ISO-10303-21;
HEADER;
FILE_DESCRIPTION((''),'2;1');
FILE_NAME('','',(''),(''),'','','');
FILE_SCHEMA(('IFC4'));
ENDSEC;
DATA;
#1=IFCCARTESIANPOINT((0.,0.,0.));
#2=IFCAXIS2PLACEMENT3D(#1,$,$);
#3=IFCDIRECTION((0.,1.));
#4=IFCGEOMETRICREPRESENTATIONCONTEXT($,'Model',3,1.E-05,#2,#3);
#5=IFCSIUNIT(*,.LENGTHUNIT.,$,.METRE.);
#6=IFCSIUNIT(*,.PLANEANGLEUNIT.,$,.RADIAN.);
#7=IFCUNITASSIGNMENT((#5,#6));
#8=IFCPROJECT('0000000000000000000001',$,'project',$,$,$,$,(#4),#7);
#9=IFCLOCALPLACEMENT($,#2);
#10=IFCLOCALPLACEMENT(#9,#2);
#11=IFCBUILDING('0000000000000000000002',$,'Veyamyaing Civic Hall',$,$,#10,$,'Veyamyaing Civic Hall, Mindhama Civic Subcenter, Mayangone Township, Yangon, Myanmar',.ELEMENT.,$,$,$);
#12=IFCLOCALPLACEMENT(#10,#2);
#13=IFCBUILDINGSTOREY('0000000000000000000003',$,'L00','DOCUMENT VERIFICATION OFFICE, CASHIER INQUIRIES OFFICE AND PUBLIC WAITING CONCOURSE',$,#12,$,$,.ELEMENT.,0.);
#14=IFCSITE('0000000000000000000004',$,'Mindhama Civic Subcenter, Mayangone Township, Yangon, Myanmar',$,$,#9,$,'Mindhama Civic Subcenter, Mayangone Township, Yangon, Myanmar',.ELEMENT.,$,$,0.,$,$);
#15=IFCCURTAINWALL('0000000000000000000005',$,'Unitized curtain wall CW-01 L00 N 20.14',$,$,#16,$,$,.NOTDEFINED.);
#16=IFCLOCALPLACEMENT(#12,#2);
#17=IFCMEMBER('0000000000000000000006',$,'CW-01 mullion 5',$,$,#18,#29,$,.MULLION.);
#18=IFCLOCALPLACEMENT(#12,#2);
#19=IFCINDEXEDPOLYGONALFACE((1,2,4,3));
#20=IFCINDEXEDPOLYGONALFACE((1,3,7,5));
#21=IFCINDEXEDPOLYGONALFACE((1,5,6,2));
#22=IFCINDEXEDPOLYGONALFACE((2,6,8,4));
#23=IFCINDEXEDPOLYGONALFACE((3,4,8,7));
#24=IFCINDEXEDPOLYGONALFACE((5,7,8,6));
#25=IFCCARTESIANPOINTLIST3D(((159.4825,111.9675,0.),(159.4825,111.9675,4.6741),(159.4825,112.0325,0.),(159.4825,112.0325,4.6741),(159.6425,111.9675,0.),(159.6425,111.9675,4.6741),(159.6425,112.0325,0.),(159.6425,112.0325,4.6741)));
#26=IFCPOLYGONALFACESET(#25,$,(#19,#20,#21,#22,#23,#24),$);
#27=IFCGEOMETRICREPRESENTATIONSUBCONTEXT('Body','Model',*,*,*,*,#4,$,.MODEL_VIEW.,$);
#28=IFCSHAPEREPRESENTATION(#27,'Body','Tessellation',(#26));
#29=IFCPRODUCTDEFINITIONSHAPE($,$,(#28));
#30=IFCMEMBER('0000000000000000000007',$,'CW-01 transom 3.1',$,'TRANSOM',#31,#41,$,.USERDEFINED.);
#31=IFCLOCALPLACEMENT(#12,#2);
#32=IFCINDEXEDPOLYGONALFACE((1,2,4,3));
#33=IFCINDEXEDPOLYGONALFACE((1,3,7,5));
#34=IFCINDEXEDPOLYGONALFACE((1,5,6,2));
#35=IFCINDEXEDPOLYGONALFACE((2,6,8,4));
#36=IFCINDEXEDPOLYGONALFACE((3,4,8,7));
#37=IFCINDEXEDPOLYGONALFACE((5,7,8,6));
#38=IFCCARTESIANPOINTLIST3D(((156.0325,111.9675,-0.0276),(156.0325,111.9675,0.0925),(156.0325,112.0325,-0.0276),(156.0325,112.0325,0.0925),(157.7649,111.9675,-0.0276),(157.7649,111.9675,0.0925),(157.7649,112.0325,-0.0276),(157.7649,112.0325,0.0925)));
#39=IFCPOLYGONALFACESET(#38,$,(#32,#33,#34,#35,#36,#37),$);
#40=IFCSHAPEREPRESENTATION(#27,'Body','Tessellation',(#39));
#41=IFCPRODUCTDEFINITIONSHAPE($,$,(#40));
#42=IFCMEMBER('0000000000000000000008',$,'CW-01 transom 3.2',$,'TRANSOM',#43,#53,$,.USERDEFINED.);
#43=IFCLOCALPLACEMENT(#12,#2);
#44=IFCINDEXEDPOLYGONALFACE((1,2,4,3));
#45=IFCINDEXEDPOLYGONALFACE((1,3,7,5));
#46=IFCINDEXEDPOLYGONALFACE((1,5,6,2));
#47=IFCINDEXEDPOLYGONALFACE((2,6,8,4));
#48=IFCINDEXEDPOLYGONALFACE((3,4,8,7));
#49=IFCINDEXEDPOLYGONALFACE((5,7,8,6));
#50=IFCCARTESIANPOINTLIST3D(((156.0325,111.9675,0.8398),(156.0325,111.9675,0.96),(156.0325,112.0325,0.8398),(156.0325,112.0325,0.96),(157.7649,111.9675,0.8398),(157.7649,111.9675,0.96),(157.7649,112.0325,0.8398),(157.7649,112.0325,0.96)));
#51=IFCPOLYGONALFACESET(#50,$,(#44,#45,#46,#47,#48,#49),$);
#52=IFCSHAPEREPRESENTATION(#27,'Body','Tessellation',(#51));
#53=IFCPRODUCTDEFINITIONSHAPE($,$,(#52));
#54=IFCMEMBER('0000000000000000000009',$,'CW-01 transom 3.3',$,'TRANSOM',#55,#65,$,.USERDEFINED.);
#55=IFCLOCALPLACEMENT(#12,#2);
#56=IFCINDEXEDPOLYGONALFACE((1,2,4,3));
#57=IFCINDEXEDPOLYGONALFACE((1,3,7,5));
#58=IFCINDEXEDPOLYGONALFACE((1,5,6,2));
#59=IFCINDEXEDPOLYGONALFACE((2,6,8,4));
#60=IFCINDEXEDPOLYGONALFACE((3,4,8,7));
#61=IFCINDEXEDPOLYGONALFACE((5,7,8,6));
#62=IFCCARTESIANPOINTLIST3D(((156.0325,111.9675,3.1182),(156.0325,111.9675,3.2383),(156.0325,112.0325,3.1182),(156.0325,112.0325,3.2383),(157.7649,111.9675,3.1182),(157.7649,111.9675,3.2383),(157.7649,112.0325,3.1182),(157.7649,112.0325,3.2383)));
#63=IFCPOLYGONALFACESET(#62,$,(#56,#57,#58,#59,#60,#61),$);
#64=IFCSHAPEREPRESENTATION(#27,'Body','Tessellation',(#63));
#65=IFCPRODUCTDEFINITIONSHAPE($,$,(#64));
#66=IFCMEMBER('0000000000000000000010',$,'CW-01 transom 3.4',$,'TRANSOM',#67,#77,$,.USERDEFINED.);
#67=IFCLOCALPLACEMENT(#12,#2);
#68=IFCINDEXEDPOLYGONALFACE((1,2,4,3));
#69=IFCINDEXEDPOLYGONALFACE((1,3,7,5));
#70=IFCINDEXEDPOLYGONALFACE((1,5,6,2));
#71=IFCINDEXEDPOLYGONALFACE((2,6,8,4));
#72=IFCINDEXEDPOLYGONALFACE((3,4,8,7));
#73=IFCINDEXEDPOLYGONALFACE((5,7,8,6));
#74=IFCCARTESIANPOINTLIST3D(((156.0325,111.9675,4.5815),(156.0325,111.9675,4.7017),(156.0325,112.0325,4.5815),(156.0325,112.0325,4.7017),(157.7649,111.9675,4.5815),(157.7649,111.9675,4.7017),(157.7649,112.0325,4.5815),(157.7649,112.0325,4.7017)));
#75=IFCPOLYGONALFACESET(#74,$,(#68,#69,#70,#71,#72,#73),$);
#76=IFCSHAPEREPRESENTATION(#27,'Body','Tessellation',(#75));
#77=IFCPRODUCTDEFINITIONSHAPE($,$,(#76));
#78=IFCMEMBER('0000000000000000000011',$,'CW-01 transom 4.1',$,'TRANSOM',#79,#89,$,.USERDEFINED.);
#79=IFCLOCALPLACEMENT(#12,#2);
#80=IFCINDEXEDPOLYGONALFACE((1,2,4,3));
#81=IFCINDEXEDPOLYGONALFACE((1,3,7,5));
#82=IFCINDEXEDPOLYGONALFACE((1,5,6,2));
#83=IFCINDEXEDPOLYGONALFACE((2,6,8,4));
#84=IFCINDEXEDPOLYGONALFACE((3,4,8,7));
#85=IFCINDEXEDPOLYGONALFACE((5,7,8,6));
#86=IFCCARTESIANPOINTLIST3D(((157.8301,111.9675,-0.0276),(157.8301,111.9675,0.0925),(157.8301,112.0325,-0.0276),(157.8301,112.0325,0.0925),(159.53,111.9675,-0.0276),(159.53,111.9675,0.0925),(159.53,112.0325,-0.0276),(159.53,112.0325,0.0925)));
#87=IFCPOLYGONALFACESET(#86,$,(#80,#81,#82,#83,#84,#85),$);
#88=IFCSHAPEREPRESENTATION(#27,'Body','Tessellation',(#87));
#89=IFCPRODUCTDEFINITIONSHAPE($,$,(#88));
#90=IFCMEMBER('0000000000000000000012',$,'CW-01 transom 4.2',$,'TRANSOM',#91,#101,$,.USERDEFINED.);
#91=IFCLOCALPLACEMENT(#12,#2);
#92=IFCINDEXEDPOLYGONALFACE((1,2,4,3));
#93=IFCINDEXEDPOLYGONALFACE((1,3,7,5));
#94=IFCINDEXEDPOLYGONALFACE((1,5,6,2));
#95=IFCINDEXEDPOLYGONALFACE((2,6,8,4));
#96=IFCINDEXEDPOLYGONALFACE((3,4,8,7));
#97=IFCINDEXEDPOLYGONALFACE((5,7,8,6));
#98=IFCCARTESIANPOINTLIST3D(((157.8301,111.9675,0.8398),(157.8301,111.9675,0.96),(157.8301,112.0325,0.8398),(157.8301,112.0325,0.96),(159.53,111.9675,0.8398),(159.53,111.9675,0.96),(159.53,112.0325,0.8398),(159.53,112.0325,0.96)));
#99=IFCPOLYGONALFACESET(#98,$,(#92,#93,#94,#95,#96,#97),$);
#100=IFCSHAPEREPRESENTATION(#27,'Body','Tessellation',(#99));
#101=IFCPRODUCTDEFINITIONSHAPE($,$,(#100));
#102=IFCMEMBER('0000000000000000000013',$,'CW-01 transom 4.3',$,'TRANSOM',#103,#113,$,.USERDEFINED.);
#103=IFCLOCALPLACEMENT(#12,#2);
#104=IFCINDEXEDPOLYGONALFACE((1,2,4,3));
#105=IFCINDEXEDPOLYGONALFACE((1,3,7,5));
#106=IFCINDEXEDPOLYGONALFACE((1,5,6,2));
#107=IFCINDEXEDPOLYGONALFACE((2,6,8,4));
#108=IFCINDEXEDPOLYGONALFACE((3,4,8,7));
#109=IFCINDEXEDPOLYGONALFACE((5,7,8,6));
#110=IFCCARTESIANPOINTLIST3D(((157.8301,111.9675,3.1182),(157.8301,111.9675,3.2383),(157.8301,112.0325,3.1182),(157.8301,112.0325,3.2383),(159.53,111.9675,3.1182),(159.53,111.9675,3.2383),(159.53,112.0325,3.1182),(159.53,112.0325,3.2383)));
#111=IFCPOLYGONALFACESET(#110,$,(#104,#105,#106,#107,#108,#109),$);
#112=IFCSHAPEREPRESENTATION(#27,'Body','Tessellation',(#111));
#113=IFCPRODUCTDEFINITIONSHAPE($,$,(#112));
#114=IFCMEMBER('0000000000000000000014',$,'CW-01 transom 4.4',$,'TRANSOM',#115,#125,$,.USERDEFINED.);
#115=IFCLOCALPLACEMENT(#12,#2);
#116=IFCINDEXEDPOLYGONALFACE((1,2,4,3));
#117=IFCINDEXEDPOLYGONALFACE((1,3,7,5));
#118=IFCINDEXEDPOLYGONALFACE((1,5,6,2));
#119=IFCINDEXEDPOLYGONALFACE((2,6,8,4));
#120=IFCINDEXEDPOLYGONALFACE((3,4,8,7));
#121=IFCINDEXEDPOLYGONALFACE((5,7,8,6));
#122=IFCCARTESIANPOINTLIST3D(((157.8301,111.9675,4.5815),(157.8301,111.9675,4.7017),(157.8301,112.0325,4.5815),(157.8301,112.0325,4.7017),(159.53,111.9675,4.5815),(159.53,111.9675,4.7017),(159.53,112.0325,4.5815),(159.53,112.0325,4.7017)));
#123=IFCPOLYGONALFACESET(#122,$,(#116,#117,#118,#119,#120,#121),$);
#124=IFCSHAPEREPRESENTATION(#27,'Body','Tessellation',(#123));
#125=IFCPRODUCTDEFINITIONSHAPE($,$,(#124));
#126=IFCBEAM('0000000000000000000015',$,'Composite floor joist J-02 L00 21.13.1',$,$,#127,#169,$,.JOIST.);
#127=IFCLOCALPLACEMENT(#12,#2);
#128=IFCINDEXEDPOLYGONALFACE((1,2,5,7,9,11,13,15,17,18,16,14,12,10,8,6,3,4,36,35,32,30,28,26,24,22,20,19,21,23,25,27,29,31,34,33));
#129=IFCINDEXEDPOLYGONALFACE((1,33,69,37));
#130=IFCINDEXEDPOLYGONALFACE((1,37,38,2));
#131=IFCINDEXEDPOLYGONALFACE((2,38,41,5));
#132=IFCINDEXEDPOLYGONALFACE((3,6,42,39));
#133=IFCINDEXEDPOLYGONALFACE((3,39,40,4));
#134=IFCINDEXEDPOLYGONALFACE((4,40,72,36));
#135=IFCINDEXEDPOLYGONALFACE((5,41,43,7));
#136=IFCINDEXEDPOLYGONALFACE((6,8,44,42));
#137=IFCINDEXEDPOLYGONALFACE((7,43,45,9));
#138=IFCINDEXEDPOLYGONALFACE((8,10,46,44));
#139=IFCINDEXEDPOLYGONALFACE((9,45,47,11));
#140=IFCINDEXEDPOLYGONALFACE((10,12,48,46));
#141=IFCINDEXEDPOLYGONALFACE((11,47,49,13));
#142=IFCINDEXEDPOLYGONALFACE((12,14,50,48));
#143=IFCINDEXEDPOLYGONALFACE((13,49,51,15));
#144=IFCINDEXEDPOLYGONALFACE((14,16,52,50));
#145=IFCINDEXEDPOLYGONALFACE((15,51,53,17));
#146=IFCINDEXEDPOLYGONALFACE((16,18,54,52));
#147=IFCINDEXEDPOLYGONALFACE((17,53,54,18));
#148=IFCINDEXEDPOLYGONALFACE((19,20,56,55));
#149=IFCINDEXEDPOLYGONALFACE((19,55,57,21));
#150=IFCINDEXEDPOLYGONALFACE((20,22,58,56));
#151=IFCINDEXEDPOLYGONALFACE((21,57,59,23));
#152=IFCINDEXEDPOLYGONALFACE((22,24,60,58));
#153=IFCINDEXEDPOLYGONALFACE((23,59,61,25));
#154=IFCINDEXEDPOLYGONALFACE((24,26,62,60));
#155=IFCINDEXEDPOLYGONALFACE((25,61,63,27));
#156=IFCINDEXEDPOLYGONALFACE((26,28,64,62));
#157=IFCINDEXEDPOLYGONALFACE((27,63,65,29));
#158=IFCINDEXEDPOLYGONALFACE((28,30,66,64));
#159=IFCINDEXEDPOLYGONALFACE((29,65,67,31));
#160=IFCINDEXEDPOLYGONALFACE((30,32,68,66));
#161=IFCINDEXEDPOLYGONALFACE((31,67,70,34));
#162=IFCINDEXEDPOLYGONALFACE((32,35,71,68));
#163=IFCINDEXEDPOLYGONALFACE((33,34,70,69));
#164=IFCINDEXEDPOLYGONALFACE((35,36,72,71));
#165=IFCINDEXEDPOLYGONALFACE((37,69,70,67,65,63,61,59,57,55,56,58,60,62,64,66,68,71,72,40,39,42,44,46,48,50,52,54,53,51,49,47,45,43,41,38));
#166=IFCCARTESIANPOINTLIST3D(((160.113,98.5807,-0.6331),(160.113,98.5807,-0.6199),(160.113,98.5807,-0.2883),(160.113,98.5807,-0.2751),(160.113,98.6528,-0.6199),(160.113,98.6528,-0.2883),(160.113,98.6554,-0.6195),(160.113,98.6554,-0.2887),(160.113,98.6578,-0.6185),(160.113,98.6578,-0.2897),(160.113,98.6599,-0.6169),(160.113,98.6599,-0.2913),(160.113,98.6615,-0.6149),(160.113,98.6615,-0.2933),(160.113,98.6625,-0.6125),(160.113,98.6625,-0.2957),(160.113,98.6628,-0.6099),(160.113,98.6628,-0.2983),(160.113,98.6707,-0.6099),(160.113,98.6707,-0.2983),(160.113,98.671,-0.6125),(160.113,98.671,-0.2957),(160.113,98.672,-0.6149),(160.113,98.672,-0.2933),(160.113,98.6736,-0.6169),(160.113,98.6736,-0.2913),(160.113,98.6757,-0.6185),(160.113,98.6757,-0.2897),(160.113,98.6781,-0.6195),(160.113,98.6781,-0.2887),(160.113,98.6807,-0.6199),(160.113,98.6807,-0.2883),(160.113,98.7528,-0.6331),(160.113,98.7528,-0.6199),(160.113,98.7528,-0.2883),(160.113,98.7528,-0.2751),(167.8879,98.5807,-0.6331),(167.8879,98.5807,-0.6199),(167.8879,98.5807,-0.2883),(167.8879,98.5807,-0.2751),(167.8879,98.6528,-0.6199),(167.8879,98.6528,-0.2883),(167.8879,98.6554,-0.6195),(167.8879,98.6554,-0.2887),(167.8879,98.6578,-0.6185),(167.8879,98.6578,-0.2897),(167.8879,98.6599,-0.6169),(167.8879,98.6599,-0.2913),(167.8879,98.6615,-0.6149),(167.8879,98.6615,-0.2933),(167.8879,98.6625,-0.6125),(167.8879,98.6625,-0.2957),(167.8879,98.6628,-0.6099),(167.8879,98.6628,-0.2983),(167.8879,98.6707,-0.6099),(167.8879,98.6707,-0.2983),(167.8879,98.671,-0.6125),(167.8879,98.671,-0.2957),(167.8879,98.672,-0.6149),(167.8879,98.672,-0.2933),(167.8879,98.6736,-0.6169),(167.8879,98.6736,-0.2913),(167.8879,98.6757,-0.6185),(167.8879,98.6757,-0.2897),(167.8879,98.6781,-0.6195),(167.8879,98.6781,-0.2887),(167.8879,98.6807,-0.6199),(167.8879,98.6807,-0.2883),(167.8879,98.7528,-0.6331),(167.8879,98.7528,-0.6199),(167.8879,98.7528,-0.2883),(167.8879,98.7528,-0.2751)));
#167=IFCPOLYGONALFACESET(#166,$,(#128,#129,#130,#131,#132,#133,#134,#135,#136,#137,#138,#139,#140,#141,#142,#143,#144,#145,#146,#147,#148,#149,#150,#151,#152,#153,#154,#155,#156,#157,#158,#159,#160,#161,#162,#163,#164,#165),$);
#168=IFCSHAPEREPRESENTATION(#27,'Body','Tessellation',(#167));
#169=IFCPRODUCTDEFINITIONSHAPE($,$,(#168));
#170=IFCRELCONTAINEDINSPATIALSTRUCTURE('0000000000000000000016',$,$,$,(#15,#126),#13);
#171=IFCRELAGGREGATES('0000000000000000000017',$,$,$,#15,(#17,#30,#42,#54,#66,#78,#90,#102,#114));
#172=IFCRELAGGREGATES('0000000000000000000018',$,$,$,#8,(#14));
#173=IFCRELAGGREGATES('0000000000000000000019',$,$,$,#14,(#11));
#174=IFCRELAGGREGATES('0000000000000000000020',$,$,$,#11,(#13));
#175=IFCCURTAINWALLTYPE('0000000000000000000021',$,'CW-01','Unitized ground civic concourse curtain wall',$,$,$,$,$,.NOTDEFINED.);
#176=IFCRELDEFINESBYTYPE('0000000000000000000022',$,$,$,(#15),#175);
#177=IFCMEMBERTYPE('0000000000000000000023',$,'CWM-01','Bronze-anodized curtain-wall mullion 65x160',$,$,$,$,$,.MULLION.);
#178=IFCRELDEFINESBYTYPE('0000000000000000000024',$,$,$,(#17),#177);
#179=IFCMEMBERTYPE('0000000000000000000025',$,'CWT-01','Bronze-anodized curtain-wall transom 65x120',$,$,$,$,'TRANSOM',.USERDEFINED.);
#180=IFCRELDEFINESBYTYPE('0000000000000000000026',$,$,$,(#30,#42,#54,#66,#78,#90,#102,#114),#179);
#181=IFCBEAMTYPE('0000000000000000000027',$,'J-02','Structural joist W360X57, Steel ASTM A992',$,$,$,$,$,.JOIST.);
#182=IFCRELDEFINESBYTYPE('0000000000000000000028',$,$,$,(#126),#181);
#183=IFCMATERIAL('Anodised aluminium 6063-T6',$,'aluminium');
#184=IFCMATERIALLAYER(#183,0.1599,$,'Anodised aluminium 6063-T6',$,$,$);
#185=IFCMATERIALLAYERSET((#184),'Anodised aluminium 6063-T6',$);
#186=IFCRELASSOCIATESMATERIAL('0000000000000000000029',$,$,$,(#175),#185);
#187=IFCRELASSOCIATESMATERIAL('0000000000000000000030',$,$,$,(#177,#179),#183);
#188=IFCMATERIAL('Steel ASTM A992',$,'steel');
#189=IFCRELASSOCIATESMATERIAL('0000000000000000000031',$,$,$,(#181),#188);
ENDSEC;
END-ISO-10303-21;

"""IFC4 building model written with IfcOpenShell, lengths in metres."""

from ifc_helpers import new_model, si_unit, direction, frame, origin, origin_2d, place, context, subcontext, project, spatial, rectangle, i_section, extrude, material, layer, layer_set, material_profile, profile_set, type_object, element, aggregate, save


model = new_model("IFC4")

# Units and contexts
model_context = context("Model", 3, precision=1e-05, world=origin(), true_north=direction((0.0, 1.0)))
body_context = subcontext(model_context, "Body", "Model", "MODEL_VIEW")
ifc_project = project(units=[si_unit("LENGTHUNIT", "METRE"), si_unit("PLANEANGLEUNIT", "RADIAN")], contexts=[model_context])

# Site, building, storey
site_placement = place(None, origin())
site = spatial("IfcSite", under=ifc_project, at=site_placement, Name="Mindhama Civic Subcenter, Mayangone Township, Yangon, Myanmar", LongName="Mindhama Civic Subcenter, Mayangone Township, Yangon, Myanmar", CompositionType="ELEMENT", RefElevation=0.0)
building_placement = place(site_placement, origin())
building = spatial("IfcBuilding", under=site, at=building_placement, Name="Veyamyaing Civic Hall", LongName="Veyamyaing Civic Hall, Mindhama Civic Subcenter, Mayangone Township, Yangon, Myanmar", CompositionType="ELEMENT")
storey_placement = place(building_placement, origin())
storey = spatial("IfcBuildingStorey", under=building, at=storey_placement, Name="L00", Description="DOCUMENT VERIFICATION OFFICE, CASHIER INQUIRIES OFFICE AND PUBLIC WAITING CONCOURSE", CompositionType="ELEMENT", Elevation=0.0)

# Shared definitions
ifc_material_1 = material(Name="Steel ASTM A992", Category="steel")

# Curtain wall, members
ifc_material_2 = material(Name="Anodised aluminium 6063-T6", Category="aluminium")
ifc_layer_1 = layer(ifc_material_2, 0.1599, Name="Anodised aluminium 6063-T6")
ifc_layer_set_1 = layer_set([ifc_layer_1], Name="Anodised aluminium 6063-T6")
curtain_wall_type = type_object("IfcCurtainWallType", Name="CW-01", Description="Unitized ground civic concourse curtain wall", PredefinedType="NOTDEFINED", material=ifc_layer_set_1)
curtain_wall_placement = place(storey_placement, origin())
curtain_wall = element("IfcCurtainWall", 1, at=curtain_wall_placement, inside=storey, type_object=curtain_wall_type, Name="Unitized curtain wall CW-01 L00 N 20.14", PredefinedType="NOTDEFINED")
ifc_material_profile_1 = material_profile(ifc_material_2, rectangle(XDim=0.0649, YDim=0.1599, at=origin_2d()), Name="ALU-MUL-65X160")
ifc_profile_set_1 = profile_set([ifc_material_profile_1], Name="Anodised aluminium 6063-T6")
member_type_1 = type_object("IfcMemberType", Name="CWM-01", Description="Bronze-anodized curtain-wall mullion 65x160", PredefinedType="MULLION", material=ifc_profile_set_1)
member_1_placement = place(storey_placement, frame((159.5625, 112.0, 0.0), z_axis=(0.0, 0.0, 1.0), x_axis=(0.0, 1.0, 0.0)))
member_1 = element("IfcMember", 2, at=member_1_placement, type_object=member_type_1, Name="CW-01 mullion 5", PredefinedType="MULLION", context=body_context, shape_type="SweptSolid", body=[
    extrude(rectangle(XDim=0.0649, YDim=0.1599, at=origin_2d()), origin(), (0.0, 0.0, 1.0), 4.6741),
])
ifc_material_profile_2 = material_profile(ifc_material_2, rectangle(XDim=0.0649, YDim=0.1201, at=origin_2d()), Name="ALU-TRN-65X120")
ifc_profile_set_2 = profile_set([ifc_material_profile_2], Name="Anodised aluminium 6063-T6")
member_type_2 = type_object("IfcMemberType", Name="CWT-01", Description="Bronze-anodized curtain-wall transom 65x120", ElementType="TRANSOM", PredefinedType="USERDEFINED", material=ifc_profile_set_2)
member_2_placement = place(storey_placement, frame((156.0325, 112.0, 0.0325), z_axis=(1.0, 0.0, 0.0), x_axis=(0.0, 1.0, 0.0)))
member_2 = element("IfcMember", 3, at=member_2_placement, type_object=member_type_2, Name="CW-01 transom 3.1", ObjectType="TRANSOM", PredefinedType="USERDEFINED", context=body_context, shape_type="SweptSolid", body=[
    extrude(rectangle(XDim=0.0649, YDim=0.1201, at=origin_2d()), origin(), (0.0, 0.0, 1.0), 1.7324),
])
member_3_placement = place(storey_placement, frame((156.0325, 112.0, 0.8999), z_axis=(1.0, 0.0, 0.0), x_axis=(0.0, 1.0, 0.0)))
member_3 = element("IfcMember", 4, at=member_3_placement, type_object=member_type_2, Name="CW-01 transom 3.2", ObjectType="TRANSOM", PredefinedType="USERDEFINED", context=body_context, shape_type="SweptSolid", body=[
    extrude(rectangle(XDim=0.0649, YDim=0.1201, at=origin_2d()), origin(), (0.0, 0.0, 1.0), 1.7324),
])
member_4_placement = place(storey_placement, frame((156.0325, 112.0, 3.1782), z_axis=(1.0, 0.0, 0.0), x_axis=(0.0, 1.0, 0.0)))
member_4 = element("IfcMember", 5, at=member_4_placement, type_object=member_type_2, Name="CW-01 transom 3.3", ObjectType="TRANSOM", PredefinedType="USERDEFINED", context=body_context, shape_type="SweptSolid", body=[
    extrude(rectangle(XDim=0.0649, YDim=0.1201, at=origin_2d()), origin(), (0.0, 0.0, 1.0), 1.7324),
])
member_5_placement = place(storey_placement, frame((156.0325, 112.0, 4.6416), z_axis=(1.0, 0.0, 0.0), x_axis=(0.0, 1.0, 0.0)))
member_5 = element("IfcMember", 6, at=member_5_placement, type_object=member_type_2, Name="CW-01 transom 3.4", ObjectType="TRANSOM", PredefinedType="USERDEFINED", context=body_context, shape_type="SweptSolid", body=[
    extrude(rectangle(XDim=0.0649, YDim=0.1201, at=origin_2d()), origin(), (0.0, 0.0, 1.0), 1.7324),
])
member_6_placement = place(storey_placement, frame((157.8301, 112.0, 0.0325), z_axis=(1.0, 0.0, 0.0), x_axis=(0.0, 1.0, 0.0)))
member_6 = element("IfcMember", 7, at=member_6_placement, type_object=member_type_2, Name="CW-01 transom 4.1", ObjectType="TRANSOM", PredefinedType="USERDEFINED", context=body_context, shape_type="SweptSolid", body=[
    extrude(rectangle(XDim=0.0649, YDim=0.1201, at=origin_2d()), origin(), (0.0, 0.0, 1.0), 1.7),
])
member_7_placement = place(storey_placement, frame((157.8301, 112.0, 0.8999), z_axis=(1.0, 0.0, 0.0), x_axis=(0.0, 1.0, 0.0)))
member_7 = element("IfcMember", 8, at=member_7_placement, type_object=member_type_2, Name="CW-01 transom 4.2", ObjectType="TRANSOM", PredefinedType="USERDEFINED", context=body_context, shape_type="SweptSolid", body=[
    extrude(rectangle(XDim=0.0649, YDim=0.1201, at=origin_2d()), origin(), (0.0, 0.0, 1.0), 1.7),
])
member_8_placement = place(storey_placement, frame((157.8301, 112.0, 3.1782), z_axis=(1.0, 0.0, 0.0), x_axis=(0.0, 1.0, 0.0)))
member_8 = element("IfcMember", 9, at=member_8_placement, type_object=member_type_2, Name="CW-01 transom 4.3", ObjectType="TRANSOM", PredefinedType="USERDEFINED", context=body_context, shape_type="SweptSolid", body=[
    extrude(rectangle(XDim=0.0649, YDim=0.1201, at=origin_2d()), origin(), (0.0, 0.0, 1.0), 1.7),
])
member_9_placement = place(storey_placement, frame((157.8301, 112.0, 4.6416), z_axis=(1.0, 0.0, 0.0), x_axis=(0.0, 1.0, 0.0)))
member_9 = element("IfcMember", 10, at=member_9_placement, type_object=member_type_2, Name="CW-01 transom 4.4", ObjectType="TRANSOM", PredefinedType="USERDEFINED", context=body_context, shape_type="SweptSolid", body=[
    extrude(rectangle(XDim=0.0649, YDim=0.1201, at=origin_2d()), origin(), (0.0, 0.0, 1.0), 1.7),
])

# Beam
ifc_material_profile_3 = material_profile(ifc_material_1, i_section(OverallWidth=0.1721, OverallDepth=0.3579, WebThickness=0.0078, FlangeThickness=0.0132, FilletRadius=0.01, at=origin_2d()), Name="W360X57")
ifc_profile_set_3 = profile_set([ifc_material_profile_3], Name="Steel ASTM A992")
beam_type_1 = type_object("IfcBeamType", Name="J-02", Description="Structural joist W360X57, Steel ASTM A992", PredefinedType="JOIST", material=ifc_profile_set_3)
for number, where, z_axis, x_axis, name in (
    (11, (160.113, 98.6667, -0.4541), (1.0, 0.0, 0.0), (0.0, 1.0, 0.0), "Composite floor joist J-02 L00 21.13.1"),
):
    element("IfcBeam", number, at=place(storey_placement, frame(where, z_axis=z_axis, x_axis=x_axis)), inside=storey, type_object=beam_type_1, Name=name, PredefinedType="JOIST", context=body_context, shape_type="SweptSolid", body=[
        extrude(i_section(OverallWidth=0.1721, OverallDepth=0.3579, WebThickness=0.0078, FlangeThickness=0.0132, FilletRadius=0.01, at=origin_2d()), origin(), (0.0, 0.0, 1.0), 7.7749),
    ])

aggregate(curtain_wall, [member_1, member_2, member_3, member_4, member_5, member_6, member_7, member_8, member_9])

save(model, "model.ifc")
